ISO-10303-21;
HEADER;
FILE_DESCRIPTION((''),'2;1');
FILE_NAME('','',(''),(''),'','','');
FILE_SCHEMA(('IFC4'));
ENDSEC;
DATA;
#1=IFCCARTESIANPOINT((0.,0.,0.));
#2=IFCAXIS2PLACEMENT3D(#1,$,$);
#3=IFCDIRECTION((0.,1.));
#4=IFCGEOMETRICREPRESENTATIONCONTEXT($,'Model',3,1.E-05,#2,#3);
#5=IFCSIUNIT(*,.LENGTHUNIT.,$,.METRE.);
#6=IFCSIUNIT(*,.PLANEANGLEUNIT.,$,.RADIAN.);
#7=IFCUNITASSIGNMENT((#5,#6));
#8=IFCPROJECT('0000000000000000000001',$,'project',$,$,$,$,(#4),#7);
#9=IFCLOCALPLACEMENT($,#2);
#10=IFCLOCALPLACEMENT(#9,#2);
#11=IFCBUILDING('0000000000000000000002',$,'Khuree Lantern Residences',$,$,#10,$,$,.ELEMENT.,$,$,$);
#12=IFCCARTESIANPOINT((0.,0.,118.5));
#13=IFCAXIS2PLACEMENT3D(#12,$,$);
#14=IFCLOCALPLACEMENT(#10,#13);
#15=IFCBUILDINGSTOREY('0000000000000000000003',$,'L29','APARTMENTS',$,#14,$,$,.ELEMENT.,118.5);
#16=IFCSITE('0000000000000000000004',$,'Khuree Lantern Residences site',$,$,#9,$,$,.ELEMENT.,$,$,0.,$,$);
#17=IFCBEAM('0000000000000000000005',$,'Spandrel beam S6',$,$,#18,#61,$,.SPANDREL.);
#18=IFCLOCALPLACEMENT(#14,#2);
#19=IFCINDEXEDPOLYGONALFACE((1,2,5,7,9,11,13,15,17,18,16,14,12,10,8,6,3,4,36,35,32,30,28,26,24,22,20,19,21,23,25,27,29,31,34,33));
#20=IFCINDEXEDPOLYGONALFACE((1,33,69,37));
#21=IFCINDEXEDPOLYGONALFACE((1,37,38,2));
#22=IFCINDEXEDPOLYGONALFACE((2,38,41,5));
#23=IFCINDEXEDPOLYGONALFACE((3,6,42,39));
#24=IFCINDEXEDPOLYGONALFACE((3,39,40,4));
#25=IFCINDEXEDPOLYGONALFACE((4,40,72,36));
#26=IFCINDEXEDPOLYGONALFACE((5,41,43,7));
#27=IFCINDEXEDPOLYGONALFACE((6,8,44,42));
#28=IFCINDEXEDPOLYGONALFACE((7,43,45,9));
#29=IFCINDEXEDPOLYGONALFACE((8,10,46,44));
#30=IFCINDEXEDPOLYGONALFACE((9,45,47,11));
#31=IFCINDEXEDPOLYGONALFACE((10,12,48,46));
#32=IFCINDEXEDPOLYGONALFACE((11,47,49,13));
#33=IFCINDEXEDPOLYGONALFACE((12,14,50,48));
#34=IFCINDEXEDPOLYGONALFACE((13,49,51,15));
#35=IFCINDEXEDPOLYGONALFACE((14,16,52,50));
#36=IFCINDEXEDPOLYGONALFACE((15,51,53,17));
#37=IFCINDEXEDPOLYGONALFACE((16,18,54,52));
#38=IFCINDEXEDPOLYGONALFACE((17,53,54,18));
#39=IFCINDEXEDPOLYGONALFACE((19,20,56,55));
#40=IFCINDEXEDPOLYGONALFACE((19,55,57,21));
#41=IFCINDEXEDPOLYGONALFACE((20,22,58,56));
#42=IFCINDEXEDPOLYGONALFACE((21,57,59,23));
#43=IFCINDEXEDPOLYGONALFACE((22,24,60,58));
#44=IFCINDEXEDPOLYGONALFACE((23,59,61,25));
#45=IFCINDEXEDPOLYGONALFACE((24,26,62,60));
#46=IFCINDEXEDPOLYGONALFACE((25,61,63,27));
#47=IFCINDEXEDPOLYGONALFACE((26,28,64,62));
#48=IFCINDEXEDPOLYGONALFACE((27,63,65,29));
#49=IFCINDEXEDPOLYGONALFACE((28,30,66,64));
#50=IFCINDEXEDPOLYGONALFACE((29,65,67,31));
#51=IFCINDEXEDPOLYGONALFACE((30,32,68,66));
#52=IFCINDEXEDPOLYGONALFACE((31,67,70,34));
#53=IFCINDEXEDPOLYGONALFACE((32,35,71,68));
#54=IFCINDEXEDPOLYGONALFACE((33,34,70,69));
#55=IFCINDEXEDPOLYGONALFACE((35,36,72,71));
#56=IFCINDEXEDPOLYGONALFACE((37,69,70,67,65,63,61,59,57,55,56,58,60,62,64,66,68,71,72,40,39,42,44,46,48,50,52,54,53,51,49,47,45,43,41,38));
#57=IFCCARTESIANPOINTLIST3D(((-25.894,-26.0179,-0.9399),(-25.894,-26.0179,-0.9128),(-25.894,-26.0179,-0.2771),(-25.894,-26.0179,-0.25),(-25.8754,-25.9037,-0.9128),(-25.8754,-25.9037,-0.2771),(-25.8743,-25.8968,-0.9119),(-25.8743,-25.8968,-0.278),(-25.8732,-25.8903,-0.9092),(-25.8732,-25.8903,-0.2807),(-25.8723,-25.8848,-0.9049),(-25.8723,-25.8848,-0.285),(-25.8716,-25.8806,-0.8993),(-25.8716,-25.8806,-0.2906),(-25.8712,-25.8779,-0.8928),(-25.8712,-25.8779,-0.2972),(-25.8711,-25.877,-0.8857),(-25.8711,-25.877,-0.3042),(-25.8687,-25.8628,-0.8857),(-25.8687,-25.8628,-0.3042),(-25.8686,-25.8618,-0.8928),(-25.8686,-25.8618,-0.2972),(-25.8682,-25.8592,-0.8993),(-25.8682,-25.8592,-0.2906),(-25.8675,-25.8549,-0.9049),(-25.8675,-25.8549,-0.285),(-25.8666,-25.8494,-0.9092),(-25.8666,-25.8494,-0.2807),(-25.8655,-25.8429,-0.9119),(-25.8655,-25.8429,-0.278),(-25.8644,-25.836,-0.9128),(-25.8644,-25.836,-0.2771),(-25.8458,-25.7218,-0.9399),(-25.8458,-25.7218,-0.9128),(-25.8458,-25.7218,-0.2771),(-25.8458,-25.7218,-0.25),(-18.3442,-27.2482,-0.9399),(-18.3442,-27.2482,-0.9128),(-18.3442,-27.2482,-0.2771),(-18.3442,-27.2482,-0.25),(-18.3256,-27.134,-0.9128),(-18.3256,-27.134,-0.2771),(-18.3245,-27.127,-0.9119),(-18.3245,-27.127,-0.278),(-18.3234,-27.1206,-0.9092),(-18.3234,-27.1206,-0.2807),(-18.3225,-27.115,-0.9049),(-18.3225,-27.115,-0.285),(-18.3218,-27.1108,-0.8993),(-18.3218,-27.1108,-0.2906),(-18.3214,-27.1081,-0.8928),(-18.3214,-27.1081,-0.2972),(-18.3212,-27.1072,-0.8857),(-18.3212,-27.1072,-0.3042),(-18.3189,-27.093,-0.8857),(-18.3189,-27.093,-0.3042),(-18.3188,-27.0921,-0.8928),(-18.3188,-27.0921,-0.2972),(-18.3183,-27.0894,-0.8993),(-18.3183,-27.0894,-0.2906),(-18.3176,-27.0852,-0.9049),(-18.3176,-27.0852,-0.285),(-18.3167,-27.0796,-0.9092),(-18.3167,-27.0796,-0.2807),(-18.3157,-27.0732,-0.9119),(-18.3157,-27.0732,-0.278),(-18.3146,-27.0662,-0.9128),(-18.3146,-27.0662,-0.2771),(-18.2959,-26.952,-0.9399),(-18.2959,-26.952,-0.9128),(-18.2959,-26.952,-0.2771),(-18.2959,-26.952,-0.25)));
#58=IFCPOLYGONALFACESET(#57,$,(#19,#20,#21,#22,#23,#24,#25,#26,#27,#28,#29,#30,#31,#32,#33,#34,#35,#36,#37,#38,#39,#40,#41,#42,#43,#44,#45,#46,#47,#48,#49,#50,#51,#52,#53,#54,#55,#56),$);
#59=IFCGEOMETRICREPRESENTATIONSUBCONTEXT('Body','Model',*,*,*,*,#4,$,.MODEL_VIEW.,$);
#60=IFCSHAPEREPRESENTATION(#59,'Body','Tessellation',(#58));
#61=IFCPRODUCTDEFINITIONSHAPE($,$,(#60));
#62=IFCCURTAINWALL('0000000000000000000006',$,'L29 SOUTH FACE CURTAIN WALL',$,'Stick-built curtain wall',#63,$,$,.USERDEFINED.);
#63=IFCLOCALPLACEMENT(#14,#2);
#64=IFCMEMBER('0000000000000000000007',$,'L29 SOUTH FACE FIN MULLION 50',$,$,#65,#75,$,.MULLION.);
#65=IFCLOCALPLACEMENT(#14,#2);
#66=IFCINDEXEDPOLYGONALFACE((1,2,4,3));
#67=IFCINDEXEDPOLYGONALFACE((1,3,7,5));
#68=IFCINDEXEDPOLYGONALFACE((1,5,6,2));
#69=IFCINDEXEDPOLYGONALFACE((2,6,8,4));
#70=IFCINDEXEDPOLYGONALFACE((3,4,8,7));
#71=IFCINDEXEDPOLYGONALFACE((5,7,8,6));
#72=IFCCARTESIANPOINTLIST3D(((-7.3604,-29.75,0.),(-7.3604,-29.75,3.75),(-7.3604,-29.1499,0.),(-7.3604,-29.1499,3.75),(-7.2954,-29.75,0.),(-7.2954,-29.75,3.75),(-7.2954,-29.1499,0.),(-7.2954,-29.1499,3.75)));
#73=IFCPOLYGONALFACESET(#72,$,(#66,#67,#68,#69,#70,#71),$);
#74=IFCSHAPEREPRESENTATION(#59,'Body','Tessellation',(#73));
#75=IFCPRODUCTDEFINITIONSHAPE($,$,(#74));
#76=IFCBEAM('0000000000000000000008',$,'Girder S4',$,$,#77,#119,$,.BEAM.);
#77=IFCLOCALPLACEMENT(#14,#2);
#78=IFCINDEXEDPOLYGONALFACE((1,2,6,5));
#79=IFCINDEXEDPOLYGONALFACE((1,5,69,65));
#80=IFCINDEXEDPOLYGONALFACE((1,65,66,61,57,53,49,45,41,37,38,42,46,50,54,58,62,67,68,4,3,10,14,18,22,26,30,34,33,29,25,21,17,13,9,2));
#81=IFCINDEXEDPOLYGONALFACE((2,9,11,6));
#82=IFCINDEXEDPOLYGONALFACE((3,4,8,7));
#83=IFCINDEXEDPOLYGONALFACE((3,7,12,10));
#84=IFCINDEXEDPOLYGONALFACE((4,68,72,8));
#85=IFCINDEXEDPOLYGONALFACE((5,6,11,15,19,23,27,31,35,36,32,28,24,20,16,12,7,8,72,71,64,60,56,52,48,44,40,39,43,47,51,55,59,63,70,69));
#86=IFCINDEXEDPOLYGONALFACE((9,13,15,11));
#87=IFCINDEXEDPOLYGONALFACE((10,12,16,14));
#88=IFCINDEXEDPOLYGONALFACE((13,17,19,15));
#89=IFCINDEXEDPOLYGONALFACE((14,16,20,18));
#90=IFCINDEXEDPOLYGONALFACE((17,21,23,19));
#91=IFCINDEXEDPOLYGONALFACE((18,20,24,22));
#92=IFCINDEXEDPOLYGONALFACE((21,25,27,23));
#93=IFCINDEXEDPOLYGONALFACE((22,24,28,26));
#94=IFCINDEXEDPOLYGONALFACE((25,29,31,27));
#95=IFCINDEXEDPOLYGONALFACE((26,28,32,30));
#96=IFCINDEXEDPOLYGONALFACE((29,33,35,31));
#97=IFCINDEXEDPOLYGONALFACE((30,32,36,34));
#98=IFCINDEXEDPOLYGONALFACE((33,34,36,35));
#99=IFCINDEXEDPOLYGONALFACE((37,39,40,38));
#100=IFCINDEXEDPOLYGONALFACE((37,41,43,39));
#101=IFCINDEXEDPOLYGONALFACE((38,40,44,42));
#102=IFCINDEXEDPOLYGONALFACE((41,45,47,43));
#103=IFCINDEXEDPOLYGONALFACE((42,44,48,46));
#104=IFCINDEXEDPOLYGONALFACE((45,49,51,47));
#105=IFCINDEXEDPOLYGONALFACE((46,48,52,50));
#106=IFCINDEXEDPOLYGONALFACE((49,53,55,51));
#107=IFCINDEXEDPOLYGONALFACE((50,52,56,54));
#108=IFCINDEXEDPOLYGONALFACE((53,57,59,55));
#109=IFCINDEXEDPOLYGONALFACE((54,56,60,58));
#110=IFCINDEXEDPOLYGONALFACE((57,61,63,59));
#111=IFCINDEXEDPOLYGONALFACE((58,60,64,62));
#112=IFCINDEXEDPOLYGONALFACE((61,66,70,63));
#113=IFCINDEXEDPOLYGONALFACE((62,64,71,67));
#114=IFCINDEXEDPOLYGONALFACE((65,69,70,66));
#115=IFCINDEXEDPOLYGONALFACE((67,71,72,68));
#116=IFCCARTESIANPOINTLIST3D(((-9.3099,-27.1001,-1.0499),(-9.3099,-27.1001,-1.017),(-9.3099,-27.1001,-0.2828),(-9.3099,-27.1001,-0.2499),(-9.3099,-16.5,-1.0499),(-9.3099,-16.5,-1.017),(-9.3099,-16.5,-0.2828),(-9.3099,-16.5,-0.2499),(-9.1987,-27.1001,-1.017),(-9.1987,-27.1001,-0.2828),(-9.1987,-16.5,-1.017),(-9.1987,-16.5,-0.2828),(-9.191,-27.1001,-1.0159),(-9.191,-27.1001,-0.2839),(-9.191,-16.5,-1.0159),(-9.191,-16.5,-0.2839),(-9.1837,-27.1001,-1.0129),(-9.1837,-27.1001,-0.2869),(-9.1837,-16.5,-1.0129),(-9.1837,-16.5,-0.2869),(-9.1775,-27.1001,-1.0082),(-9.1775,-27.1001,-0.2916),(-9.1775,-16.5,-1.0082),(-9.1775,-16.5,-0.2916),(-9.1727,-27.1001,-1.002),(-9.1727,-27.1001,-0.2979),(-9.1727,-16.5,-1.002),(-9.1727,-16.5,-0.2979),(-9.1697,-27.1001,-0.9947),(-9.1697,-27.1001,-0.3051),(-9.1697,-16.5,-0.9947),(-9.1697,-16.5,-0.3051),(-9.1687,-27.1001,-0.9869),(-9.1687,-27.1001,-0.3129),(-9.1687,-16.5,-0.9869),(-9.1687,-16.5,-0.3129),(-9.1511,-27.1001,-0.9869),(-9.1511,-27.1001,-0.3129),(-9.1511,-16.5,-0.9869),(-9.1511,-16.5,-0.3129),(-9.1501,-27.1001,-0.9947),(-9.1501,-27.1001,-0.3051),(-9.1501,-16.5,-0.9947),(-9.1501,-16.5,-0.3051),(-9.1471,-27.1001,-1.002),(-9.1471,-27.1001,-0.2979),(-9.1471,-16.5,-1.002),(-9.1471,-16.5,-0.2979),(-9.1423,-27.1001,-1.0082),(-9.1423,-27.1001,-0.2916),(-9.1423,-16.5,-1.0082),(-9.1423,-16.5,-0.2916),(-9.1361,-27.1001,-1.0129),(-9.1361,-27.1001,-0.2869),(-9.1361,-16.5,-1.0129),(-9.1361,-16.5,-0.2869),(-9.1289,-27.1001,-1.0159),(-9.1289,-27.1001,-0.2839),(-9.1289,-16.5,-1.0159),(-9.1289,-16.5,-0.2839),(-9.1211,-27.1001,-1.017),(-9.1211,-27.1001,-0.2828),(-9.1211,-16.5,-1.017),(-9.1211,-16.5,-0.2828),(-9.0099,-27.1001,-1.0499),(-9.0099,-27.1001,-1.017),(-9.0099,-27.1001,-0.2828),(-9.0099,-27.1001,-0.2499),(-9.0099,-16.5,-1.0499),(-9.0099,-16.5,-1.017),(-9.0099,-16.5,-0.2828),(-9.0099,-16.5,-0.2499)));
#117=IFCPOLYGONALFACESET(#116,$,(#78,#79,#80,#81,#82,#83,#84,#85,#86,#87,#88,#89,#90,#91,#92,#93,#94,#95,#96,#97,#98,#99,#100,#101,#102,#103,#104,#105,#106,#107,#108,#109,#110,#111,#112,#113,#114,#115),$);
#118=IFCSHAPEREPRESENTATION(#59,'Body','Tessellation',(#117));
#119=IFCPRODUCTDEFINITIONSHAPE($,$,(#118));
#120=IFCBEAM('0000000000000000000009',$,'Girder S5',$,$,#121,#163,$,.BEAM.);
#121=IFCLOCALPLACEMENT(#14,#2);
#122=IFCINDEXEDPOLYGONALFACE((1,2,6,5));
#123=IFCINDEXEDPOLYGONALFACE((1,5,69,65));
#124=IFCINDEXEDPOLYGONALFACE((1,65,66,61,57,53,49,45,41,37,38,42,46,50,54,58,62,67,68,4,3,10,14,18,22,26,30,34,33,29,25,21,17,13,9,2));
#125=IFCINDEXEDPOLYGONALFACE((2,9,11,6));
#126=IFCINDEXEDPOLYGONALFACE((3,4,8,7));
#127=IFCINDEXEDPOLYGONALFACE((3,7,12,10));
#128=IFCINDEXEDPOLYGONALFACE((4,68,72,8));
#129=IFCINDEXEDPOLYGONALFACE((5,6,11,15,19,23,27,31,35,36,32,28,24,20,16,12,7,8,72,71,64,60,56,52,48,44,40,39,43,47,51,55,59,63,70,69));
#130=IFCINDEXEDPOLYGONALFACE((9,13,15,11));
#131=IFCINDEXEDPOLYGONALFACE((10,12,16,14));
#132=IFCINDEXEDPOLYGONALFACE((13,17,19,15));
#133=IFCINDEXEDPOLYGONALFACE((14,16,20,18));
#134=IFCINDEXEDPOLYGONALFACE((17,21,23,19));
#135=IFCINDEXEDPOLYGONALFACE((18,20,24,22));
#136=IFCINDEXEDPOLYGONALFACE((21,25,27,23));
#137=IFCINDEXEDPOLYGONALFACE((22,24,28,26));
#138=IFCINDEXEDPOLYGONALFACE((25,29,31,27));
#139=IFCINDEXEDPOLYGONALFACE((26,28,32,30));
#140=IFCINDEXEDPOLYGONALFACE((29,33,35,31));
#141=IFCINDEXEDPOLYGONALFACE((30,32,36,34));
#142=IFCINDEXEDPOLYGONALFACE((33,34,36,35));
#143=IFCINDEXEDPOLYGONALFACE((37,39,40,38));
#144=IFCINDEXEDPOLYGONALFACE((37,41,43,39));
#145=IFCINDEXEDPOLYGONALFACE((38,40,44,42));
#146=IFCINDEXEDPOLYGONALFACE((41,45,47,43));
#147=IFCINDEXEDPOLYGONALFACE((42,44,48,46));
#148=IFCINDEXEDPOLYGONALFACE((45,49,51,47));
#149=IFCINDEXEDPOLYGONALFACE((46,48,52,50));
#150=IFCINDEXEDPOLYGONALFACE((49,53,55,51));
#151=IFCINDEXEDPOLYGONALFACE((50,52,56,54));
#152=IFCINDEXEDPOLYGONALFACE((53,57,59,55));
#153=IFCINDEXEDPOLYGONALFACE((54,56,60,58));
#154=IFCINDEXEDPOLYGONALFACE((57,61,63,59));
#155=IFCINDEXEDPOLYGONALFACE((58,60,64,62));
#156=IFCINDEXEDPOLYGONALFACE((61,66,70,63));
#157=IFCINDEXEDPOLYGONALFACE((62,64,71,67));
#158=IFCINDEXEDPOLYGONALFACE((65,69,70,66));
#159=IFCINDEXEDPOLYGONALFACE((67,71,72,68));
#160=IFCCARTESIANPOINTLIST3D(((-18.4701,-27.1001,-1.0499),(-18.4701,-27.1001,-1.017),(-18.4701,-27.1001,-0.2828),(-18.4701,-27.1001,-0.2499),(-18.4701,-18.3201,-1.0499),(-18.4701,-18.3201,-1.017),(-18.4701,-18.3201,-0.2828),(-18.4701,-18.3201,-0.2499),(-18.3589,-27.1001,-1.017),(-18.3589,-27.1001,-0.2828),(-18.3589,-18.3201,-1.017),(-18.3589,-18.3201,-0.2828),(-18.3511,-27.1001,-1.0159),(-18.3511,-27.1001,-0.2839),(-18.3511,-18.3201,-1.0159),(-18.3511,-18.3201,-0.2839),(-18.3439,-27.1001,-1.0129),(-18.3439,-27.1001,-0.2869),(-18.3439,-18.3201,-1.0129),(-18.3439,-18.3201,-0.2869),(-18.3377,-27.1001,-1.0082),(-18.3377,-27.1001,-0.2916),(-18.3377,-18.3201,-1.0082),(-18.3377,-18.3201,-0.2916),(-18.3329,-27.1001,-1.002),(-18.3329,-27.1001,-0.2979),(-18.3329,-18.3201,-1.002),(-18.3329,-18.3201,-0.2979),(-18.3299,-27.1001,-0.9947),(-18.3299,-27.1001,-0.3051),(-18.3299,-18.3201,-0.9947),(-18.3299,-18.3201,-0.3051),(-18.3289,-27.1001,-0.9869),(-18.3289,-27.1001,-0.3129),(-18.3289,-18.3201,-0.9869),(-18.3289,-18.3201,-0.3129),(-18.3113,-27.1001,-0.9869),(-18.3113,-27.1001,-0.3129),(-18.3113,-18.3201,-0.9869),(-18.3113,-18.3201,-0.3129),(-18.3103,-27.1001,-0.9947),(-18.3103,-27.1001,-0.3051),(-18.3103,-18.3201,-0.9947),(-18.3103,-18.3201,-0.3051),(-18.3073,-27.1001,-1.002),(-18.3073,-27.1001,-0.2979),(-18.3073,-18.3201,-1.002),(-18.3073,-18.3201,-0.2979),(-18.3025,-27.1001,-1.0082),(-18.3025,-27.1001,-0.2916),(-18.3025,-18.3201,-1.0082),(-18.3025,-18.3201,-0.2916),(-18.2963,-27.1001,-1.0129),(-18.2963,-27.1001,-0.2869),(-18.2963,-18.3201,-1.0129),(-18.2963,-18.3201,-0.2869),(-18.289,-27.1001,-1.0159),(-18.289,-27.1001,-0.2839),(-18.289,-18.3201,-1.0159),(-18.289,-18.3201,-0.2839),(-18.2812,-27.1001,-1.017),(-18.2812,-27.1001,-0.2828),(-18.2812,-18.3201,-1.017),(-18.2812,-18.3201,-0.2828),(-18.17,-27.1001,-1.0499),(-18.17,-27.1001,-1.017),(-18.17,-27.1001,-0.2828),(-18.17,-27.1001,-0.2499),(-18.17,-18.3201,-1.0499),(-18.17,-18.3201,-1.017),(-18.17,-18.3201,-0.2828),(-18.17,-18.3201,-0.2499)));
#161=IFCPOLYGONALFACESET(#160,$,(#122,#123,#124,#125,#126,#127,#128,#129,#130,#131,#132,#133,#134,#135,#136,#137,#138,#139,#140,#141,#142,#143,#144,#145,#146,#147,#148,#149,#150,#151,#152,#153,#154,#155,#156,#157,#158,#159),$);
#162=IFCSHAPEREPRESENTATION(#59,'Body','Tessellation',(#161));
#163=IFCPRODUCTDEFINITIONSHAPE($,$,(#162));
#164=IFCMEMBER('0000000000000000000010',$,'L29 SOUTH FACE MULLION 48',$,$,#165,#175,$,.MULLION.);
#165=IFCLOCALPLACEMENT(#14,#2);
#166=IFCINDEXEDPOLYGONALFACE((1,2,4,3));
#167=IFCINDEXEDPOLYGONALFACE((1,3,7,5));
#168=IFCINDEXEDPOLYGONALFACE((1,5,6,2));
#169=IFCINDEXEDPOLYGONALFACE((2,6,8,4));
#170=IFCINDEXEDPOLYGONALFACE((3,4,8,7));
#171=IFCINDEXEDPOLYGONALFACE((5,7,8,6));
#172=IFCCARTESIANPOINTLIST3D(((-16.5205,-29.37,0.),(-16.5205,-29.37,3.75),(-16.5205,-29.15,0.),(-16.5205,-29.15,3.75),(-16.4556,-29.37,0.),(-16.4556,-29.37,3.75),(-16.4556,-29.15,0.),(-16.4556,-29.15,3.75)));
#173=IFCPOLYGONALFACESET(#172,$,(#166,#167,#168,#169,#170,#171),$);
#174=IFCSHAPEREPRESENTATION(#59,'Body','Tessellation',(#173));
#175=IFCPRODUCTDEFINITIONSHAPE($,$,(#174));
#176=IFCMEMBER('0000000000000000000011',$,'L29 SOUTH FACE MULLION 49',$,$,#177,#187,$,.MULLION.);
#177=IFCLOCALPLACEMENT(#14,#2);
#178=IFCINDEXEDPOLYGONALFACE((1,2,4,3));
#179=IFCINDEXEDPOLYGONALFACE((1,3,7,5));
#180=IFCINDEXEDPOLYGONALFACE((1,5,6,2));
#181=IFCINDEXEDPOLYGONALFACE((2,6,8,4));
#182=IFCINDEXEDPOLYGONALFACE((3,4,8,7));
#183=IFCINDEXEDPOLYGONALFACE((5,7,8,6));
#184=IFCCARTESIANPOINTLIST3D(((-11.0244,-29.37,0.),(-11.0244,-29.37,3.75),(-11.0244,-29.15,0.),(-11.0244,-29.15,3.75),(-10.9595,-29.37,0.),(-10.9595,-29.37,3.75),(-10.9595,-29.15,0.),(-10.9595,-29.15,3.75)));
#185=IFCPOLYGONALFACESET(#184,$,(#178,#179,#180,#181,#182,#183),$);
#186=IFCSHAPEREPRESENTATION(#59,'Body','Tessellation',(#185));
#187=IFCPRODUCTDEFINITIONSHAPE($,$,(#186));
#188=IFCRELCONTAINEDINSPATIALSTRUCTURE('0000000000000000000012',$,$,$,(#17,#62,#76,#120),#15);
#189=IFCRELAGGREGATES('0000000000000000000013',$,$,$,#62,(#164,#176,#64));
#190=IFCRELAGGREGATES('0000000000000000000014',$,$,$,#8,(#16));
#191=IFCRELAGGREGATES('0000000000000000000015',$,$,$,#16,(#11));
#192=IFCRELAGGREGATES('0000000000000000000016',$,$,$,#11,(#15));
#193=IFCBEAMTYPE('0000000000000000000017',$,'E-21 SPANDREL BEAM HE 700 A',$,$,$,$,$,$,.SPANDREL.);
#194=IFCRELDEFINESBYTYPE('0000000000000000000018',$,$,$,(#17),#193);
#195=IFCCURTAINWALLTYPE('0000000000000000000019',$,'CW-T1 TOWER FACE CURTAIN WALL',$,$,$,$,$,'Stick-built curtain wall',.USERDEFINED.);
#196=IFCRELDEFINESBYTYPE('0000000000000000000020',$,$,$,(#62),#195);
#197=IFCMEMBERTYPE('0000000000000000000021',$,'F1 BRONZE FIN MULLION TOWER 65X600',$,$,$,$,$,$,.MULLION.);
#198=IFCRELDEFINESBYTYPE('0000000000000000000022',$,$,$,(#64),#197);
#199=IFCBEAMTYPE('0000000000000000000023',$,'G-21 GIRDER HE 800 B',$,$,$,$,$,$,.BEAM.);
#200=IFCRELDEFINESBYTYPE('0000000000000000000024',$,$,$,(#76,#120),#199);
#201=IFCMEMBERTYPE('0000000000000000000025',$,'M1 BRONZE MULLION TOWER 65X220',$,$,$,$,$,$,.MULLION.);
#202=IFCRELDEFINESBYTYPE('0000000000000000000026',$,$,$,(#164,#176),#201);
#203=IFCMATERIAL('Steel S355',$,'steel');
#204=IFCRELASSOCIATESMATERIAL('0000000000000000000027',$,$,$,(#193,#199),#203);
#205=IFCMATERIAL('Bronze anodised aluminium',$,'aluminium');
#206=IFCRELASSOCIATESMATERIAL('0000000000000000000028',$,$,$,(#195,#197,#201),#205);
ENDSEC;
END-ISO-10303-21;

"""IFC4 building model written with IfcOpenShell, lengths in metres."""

from ifc_helpers import new_model, si_unit, direction, frame, origin, origin_2d, place, context, subcontext, project, spatial, rectangle, i_section, extrude, material, material_profile, profile_set, type_object, element, aggregate, save


model = new_model("IFC4")

# Units and contexts
model_context = context("Model", 3, precision=1e-05, world=origin(), true_north=direction((0.0, 1.0)))
body_context = subcontext(model_context, "Body", "Model", "MODEL_VIEW")
ifc_project = project(units=[si_unit("LENGTHUNIT", "METRE"), si_unit("PLANEANGLEUNIT", "RADIAN")], contexts=[model_context])

# Site, building, storey
site_placement = place(None, origin())
site = spatial("IfcSite", under=ifc_project, at=site_placement, Name="Khuree Lantern Residences site", CompositionType="ELEMENT", RefElevation=0.0)
building_placement = place(site_placement, origin())
building = spatial("IfcBuilding", under=site, at=building_placement, Name="Khuree Lantern Residences", CompositionType="ELEMENT")
storey_placement = place(building_placement, frame((0.0, 0.0, 118.5)))
storey = spatial("IfcBuildingStorey", under=building, at=storey_placement, Name="L29", Description="APARTMENTS", CompositionType="ELEMENT", Elevation=118.5)

# Beam
ifc_material_1 = material(Name="Steel S355", Category="steel")
ifc_material_profile_1 = material_profile(ifc_material_1, i_section(OverallWidth=0.3, OverallDepth=0.6899, WebThickness=0.0144, FlangeThickness=0.0271, FilletRadius=0.0271, at=origin_2d()), Name="HE 700 A")
ifc_profile_set_1 = profile_set([ifc_material_profile_1], Name="Steel S355")
beam_type_1 = type_object("IfcBeamType", Name="E-21 SPANDREL BEAM HE 700 A", PredefinedType="SPANDREL", material=ifc_profile_set_1)
beam_1_placement = place(storey_placement, frame((-18.3201, -27.1001, -0.595), z_axis=(-0.986983, 0.160827, 0.0), x_axis=(-0.160827, -0.986983, 0.0)))
element("IfcBeam", 1, at=beam_1_placement, inside=storey, type_object=beam_type_1, Name="Spandrel beam S6", PredefinedType="SPANDREL", context=body_context, shape_type="SweptSolid", body=[
    extrude(i_section(OverallWidth=0.3, OverallDepth=0.6899, WebThickness=0.0144, FlangeThickness=0.0271, FilletRadius=0.0271, at=origin_2d()), origin(), (0.0, 0.0, 1.0), 7.6494),
])

# Curtain wall, member
ifc_material_2 = material(Name="Bronze anodised aluminium", Category="aluminium")
curtain_wall_type = type_object("IfcCurtainWallType", Name="CW-T1 TOWER FACE CURTAIN WALL", ElementType="Stick-built curtain wall", PredefinedType="USERDEFINED", material=ifc_material_2)
curtain_wall_placement = place(storey_placement, origin())
curtain_wall = element("IfcCurtainWall", 2, at=curtain_wall_placement, inside=storey, type_object=curtain_wall_type, Name="L29 SOUTH FACE CURTAIN WALL", ObjectType="Stick-built curtain wall", PredefinedType="USERDEFINED")
ifc_material_profile_2 = material_profile(ifc_material_2, rectangle(XDim=0.0649, YDim=0.6001, at=origin_2d()), Name="F1 65X600")
ifc_profile_set_2 = profile_set([ifc_material_profile_2], Name="Bronze anodised aluminium")
member_type_1 = type_object("IfcMemberType", Name="F1 BRONZE FIN MULLION TOWER 65X600", PredefinedType="MULLION", material=ifc_profile_set_2)
member_1_placement = place(storey_placement, frame((-7.3279, -29.45, 0.0), z_axis=(0.0, 0.0, 1.0), x_axis=(1.0, 0.0, 0.0)))
member_1 = element("IfcMember", 3, at=member_1_placement, type_object=member_type_1, Name="L29 SOUTH FACE FIN MULLION 50", PredefinedType="MULLION", context=body_context, shape_type="SweptSolid", body=[
    extrude(rectangle(XDim=0.0649, YDim=0.6001, at=origin_2d()), origin(), (0.0, 0.0, 1.0), 3.75),
])

# Beams
ifc_material_profile_3 = material_profile(ifc_material_1, i_section(OverallWidth=0.3, OverallDepth=0.8, WebThickness=0.0176, FlangeThickness=0.033, FilletRadius=0.03, at=origin_2d()), Name="HE 800 B")
ifc_profile_set_3 = profile_set([ifc_material_profile_3], Name="Steel S355")
beam_type_2 = type_object("IfcBeamType", Name="G-21 GIRDER HE 800 B", PredefinedType="BEAM", material=ifc_profile_set_3)
beam_2_placement = place(storey_placement, frame((-9.1599, -27.1001, -0.6499), z_axis=(0.0, 1.0, 0.0), x_axis=(-1.0, 0.0, 0.0)))
element("IfcBeam", 4, at=beam_2_placement, inside=storey, type_object=beam_type_2, Name="Girder S4", PredefinedType="BEAM", context=body_context, shape_type="SweptSolid", body=[
    extrude(i_section(OverallWidth=0.3, OverallDepth=0.8, WebThickness=0.0176, FlangeThickness=0.033, FilletRadius=0.03, at=origin_2d()), origin(), (0.0, 0.0, 1.0), 10.6001),
])
beam_3_placement = place(storey_placement, frame((-18.3201, -27.1001, -0.6499), z_axis=(0.0, 1.0, 0.0), x_axis=(-1.0, 0.0, 0.0)))
element("IfcBeam", 5, at=beam_3_placement, inside=storey, type_object=beam_type_2, Name="Girder S5", PredefinedType="BEAM", context=body_context, shape_type="SweptSolid", body=[
    extrude(i_section(OverallWidth=0.3, OverallDepth=0.8, WebThickness=0.0176, FlangeThickness=0.033, FilletRadius=0.03, at=origin_2d()), origin(), (0.0, 0.0, 1.0), 8.78),
])

# Members
ifc_material_profile_4 = material_profile(ifc_material_2, rectangle(XDim=0.0649, YDim=0.22, at=origin_2d()), Name="M1 65X220")
ifc_profile_set_4 = profile_set([ifc_material_profile_4], Name="Bronze anodised aluminium")
member_type_2 = type_object("IfcMemberType", Name="M1 BRONZE MULLION TOWER 65X220", PredefinedType="MULLION", material=ifc_profile_set_4)
member_2_placement = place(storey_placement, frame((-16.488, -29.26, 0.0), z_axis=(0.0, 0.0, 1.0), x_axis=(1.0, 0.0, 0.0)))
member_2 = element("IfcMember", 6, at=member_2_placement, type_object=member_type_2, Name="L29 SOUTH FACE MULLION 48", PredefinedType="MULLION", context=body_context, shape_type="SweptSolid", body=[
    extrude(rectangle(XDim=0.0649, YDim=0.22, at=origin_2d()), origin(), (0.0, 0.0, 1.0), 3.75),
])
member_3_placement = place(storey_placement, frame((-10.9919, -29.26, 0.0), z_axis=(0.0, 0.0, 1.0), x_axis=(1.0, 0.0, 0.0)))
member_3 = element("IfcMember", 7, at=member_3_placement, type_object=member_type_2, Name="L29 SOUTH FACE MULLION 49", PredefinedType="MULLION", context=body_context, shape_type="SweptSolid", body=[
    extrude(rectangle(XDim=0.0649, YDim=0.22, at=origin_2d()), origin(), (0.0, 0.0, 1.0), 3.75),
])

aggregate(curtain_wall, [member_2, member_3, member_1])

save(model, "model.ifc")
